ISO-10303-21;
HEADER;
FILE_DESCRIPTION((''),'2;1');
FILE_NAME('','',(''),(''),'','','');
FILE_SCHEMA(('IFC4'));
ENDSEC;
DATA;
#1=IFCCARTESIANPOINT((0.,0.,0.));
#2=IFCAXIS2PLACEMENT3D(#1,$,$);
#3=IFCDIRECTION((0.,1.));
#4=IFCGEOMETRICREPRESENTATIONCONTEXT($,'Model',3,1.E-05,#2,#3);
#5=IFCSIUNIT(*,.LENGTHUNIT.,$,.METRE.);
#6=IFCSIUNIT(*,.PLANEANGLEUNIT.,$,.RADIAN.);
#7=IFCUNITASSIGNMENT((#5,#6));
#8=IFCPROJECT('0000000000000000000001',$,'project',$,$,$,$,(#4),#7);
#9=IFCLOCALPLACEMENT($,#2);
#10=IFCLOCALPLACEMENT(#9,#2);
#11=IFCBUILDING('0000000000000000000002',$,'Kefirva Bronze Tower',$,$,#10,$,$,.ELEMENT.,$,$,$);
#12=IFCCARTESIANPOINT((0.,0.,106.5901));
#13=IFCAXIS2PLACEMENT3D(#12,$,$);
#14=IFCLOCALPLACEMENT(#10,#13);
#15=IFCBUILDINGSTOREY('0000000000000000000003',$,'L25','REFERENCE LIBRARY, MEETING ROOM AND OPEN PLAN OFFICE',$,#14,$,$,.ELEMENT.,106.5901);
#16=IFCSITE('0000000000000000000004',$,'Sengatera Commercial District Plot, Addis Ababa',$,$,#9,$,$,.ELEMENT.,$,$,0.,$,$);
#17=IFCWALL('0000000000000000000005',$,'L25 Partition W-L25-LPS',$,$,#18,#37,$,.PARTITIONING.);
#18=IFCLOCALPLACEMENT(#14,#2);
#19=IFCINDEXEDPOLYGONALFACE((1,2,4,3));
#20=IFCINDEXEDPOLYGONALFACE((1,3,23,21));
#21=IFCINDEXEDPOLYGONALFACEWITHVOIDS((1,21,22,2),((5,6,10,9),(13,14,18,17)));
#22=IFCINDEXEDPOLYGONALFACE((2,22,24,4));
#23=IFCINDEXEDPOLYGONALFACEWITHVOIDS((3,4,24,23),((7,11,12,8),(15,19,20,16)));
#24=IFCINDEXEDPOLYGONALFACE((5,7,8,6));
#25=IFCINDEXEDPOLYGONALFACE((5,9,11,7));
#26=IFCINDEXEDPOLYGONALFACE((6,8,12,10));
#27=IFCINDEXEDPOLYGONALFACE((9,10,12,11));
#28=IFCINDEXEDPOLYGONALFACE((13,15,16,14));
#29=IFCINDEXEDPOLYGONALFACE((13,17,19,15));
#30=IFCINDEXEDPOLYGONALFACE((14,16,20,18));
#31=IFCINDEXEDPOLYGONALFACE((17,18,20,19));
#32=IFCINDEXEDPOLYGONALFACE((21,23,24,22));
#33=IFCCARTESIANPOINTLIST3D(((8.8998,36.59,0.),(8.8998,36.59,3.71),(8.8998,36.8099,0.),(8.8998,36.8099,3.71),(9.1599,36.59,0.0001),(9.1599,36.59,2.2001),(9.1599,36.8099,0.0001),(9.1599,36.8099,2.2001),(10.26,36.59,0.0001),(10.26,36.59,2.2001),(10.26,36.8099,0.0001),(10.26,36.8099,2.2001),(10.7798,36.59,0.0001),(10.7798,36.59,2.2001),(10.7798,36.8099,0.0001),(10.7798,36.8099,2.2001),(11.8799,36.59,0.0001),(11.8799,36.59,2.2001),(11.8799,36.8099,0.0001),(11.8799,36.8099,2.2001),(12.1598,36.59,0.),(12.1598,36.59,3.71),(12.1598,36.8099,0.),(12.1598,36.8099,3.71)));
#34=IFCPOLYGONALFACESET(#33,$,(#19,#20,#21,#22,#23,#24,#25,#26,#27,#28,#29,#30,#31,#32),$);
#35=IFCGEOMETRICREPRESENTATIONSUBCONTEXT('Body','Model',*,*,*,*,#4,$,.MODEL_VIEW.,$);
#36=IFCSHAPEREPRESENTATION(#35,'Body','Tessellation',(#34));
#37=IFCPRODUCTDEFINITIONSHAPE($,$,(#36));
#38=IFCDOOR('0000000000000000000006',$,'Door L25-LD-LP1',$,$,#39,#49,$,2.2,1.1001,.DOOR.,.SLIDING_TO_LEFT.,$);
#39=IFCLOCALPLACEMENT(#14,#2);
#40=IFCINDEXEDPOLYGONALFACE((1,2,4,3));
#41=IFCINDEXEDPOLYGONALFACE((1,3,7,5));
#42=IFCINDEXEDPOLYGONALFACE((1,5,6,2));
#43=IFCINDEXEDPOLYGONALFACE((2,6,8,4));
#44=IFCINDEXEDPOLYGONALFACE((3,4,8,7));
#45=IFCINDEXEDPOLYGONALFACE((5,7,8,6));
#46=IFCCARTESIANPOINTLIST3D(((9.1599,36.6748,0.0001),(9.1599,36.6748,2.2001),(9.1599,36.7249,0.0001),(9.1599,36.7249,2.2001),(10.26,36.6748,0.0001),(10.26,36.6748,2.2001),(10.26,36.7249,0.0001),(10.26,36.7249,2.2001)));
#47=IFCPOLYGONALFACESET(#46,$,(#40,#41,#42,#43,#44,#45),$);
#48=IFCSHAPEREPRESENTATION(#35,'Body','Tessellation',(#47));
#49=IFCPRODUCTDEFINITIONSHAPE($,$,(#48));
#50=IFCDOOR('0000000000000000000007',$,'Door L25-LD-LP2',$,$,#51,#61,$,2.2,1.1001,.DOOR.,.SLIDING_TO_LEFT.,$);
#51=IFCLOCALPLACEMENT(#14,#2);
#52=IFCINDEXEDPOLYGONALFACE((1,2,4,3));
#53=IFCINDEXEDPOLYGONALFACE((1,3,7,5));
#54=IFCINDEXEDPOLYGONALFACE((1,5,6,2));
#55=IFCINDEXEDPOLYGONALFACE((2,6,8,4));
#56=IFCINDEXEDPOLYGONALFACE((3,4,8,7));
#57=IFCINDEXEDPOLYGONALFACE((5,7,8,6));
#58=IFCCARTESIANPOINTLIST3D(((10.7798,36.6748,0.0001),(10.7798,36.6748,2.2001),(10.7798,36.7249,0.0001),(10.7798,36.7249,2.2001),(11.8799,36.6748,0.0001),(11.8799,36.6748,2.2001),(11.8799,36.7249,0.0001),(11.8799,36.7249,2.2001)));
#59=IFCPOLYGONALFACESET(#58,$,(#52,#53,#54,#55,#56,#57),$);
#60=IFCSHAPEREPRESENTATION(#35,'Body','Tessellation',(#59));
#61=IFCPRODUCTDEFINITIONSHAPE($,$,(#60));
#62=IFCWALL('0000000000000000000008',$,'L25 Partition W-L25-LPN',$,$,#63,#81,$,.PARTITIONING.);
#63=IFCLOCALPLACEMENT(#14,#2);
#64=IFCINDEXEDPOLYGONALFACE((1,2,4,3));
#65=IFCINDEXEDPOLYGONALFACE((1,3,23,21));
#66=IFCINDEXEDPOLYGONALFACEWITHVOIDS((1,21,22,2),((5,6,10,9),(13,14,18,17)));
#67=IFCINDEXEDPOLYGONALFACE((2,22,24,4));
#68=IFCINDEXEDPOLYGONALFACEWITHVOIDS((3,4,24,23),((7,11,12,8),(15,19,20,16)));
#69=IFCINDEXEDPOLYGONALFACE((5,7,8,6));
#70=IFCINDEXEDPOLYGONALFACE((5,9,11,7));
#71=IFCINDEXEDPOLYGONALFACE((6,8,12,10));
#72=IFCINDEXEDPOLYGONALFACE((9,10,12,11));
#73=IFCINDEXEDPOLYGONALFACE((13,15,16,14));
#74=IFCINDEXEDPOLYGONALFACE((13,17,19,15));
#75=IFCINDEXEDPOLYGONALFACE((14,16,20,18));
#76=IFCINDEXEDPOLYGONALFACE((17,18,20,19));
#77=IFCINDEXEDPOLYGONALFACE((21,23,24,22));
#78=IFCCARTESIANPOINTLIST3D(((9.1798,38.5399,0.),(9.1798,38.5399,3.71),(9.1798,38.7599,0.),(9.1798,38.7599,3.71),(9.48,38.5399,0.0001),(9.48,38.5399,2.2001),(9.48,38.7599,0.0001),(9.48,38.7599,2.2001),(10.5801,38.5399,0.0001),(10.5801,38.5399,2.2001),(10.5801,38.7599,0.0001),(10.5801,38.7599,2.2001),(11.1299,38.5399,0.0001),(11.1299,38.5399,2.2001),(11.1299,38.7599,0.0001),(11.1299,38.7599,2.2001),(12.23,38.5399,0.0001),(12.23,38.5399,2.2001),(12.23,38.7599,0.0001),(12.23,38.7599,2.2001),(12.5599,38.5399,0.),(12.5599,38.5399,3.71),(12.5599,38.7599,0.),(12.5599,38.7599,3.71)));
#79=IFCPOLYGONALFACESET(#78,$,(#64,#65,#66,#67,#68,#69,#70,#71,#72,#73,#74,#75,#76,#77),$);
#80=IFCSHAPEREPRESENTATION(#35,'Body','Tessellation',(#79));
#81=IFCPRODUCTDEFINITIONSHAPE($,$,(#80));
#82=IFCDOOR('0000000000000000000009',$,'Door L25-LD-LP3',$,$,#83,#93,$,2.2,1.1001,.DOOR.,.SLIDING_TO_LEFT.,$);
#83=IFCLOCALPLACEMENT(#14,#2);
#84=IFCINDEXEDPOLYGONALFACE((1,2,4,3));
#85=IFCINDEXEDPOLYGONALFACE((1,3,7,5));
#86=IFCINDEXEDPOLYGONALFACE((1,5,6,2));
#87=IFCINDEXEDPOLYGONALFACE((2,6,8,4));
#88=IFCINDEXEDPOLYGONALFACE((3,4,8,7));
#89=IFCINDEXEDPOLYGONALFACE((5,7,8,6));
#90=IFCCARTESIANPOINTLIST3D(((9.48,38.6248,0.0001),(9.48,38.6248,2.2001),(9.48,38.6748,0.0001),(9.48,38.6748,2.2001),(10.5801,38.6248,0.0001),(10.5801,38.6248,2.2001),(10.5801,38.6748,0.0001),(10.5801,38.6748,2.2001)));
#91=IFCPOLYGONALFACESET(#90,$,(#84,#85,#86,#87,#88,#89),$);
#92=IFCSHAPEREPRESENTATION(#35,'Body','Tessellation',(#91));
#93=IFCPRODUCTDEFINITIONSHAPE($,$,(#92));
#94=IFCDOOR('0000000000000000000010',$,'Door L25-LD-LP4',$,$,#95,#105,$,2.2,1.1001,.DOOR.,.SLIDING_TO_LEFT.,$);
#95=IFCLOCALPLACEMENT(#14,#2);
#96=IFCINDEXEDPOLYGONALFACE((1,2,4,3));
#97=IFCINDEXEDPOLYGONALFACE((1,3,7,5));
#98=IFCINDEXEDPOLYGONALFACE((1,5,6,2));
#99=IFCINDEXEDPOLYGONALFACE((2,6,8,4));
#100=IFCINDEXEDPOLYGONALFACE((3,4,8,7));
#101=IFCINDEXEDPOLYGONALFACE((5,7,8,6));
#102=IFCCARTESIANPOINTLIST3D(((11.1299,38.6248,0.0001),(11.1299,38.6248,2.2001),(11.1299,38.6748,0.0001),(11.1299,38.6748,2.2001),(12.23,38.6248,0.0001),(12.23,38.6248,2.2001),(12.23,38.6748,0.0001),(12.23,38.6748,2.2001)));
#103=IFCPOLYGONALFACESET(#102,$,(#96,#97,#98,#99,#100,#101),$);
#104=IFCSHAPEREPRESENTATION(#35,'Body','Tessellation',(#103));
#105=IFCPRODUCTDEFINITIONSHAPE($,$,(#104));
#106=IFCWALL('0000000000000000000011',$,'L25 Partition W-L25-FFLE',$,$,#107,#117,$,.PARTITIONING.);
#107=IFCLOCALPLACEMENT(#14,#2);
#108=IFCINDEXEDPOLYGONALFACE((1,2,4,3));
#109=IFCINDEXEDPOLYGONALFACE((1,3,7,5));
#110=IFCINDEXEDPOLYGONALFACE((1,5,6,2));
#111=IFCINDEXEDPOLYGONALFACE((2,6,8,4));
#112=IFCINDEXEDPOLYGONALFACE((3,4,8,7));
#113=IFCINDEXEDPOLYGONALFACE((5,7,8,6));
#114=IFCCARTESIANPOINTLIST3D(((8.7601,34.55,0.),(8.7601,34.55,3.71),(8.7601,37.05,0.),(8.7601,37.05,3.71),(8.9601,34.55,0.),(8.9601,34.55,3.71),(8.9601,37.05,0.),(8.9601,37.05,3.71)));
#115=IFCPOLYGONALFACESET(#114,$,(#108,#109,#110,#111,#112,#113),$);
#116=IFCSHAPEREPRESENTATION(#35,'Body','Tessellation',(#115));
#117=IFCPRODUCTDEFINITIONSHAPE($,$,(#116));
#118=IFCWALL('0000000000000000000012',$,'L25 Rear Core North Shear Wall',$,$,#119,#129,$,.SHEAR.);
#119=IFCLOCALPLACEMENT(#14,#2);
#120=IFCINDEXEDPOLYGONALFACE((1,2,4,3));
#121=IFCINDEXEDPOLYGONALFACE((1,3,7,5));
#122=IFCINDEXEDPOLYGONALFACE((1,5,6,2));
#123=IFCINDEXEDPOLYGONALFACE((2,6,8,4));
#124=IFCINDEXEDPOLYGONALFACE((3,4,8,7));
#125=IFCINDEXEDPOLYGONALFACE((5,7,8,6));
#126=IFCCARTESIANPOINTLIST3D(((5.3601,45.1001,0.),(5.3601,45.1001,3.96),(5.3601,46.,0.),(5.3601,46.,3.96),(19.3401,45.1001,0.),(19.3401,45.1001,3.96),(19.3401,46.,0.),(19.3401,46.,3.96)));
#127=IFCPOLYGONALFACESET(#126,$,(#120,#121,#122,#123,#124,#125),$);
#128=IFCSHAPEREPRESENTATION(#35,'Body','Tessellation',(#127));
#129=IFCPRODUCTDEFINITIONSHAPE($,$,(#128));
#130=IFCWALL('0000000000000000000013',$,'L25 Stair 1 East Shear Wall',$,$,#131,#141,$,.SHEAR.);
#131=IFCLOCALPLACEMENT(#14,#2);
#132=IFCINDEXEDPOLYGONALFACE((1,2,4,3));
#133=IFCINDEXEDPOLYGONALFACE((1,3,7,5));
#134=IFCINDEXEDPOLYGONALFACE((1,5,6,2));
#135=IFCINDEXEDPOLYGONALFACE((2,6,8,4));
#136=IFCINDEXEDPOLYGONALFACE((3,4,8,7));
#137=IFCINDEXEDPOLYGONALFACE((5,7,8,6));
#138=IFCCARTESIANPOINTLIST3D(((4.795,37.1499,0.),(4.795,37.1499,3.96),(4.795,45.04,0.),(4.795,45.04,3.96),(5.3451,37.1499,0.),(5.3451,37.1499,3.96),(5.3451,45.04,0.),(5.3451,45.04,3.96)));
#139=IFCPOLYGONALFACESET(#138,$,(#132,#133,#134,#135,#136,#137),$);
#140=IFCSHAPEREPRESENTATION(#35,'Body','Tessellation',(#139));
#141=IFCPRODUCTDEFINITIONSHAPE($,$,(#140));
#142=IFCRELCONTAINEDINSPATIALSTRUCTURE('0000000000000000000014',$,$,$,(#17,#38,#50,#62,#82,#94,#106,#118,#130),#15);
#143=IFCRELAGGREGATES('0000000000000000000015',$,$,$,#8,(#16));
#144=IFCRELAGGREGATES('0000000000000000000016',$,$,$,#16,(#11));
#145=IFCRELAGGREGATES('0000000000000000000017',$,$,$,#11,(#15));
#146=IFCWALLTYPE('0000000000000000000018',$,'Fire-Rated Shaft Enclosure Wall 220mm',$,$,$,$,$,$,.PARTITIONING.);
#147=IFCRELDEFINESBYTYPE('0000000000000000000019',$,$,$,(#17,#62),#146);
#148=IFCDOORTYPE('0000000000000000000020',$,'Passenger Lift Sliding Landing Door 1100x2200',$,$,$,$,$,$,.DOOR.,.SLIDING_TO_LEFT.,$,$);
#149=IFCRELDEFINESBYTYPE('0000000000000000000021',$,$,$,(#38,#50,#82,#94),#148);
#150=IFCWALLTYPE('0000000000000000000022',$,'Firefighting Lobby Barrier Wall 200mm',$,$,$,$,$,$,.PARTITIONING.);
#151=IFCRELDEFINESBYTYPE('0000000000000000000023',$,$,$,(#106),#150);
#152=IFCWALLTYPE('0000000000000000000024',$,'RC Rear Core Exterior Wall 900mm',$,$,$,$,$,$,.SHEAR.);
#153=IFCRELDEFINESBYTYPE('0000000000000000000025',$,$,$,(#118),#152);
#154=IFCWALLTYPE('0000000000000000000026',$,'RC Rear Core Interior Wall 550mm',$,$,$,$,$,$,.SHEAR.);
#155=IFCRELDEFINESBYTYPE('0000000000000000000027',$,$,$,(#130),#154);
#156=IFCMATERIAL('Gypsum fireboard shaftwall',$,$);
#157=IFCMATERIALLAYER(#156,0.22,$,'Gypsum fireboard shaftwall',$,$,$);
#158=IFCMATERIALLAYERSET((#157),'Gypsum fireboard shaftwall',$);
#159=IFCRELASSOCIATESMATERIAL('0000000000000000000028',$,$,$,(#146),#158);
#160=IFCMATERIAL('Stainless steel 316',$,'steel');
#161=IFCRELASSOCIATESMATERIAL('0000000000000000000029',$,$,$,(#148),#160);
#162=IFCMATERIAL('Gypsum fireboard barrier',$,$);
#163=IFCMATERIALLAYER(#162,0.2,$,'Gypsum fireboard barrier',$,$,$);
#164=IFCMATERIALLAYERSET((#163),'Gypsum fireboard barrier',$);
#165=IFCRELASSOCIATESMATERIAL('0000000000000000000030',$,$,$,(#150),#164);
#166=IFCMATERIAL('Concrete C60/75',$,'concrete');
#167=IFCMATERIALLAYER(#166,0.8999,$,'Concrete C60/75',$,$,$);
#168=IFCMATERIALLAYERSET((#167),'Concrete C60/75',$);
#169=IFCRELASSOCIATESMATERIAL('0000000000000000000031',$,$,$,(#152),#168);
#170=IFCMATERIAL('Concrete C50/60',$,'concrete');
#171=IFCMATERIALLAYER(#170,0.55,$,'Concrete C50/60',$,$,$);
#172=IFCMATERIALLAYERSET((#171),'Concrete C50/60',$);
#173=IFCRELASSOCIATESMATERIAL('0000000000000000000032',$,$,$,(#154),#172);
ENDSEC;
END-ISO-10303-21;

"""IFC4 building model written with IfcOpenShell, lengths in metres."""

from ifc_helpers import new_model, si_unit, direction, frame, frame_2d, origin, place, context, subcontext, project, spatial, rectangle, extrude, material, layer, layer_set, type_object, element, fill, save


model = new_model("IFC4")

# Units and contexts
model_context = context("Model", 3, precision=1e-05, world=origin(), true_north=direction((0.0, 1.0)))
body_context = subcontext(model_context, "Body", "Model", "MODEL_VIEW")
ifc_project = project(units=[si_unit("LENGTHUNIT", "METRE"), si_unit("PLANEANGLEUNIT", "RADIAN")], contexts=[model_context])

# Site, building, storey
site_placement = place(None, origin())
site = spatial("IfcSite", under=ifc_project, at=site_placement, Name="Sengatera Commercial District Plot, Addis Ababa", CompositionType="ELEMENT", RefElevation=0.0)
building_placement = place(site_placement, origin())
building = spatial("IfcBuilding", under=site, at=building_placement, Name="Kefirva Bronze Tower", CompositionType="ELEMENT")
storey_placement = place(building_placement, frame((0.0, 0.0, 106.5901)))
storey = spatial("IfcBuildingStorey", under=building, at=storey_placement, Name="L25", Description="REFERENCE LIBRARY, MEETING ROOM AND OPEN PLAN OFFICE", CompositionType="ELEMENT", Elevation=106.5901)

# Shared definitions
ifc_material_1 = material(Name="Concrete C60/75", Category="concrete")

# Shared definitions
ifc_material_2 = material(Name="Gypsum fireboard shaftwall")
ifc_layer_1 = layer(ifc_material_2, 0.22, Name="Gypsum fireboard shaftwall")
ifc_layer_set_1 = layer_set([ifc_layer_1], Name="Gypsum fireboard shaftwall")
wall_type_1 = type_object("IfcWallType", Name="Fire-Rated Shaft Enclosure Wall 220mm", PredefinedType="PARTITIONING", material=ifc_layer_set_1)
ifc_material_3 = material(Name="Stainless steel 316", Category="steel")

# Walls, openings, doors
wall_1_placement = place(storey_placement, frame((8.8999, 36.7, 0.0), z_axis=(0.0, 0.0, 1.0), x_axis=(1.0, 0.0, 0.0)))
wall_1 = element("IfcWall", 1, at=wall_1_placement, inside=storey, type_object=wall_type_1, Name="L25 Partition W-L25-LPS", PredefinedType="PARTITIONING", context=body_context, shape_type="SweptSolid", body=[
    extrude(rectangle(XDim=3.26, YDim=0.22, at=frame_2d((1.6299, 0.0))), origin(), (0.0, 0.0, 1.0), 3.71),
])
opening_1_placement = place(wall_1_placement, frame((0.26, 0.0, 0.0)))
opening_1 = element("IfcOpeningElement", 2, at=opening_1_placement, cuts=wall_1, PredefinedType="OPENING", context=body_context, shape_type="SweptSolid", body=[
    extrude(rectangle(XDim=1.1001, YDim=2.2, at=frame_2d((0.55, 1.1001))), frame((0.0, 0.1201, 0.0), z_axis=(0.0, -1.0, 0.0), x_axis=(1.0, 0.0, 0.0)), (0.0, 0.0, 1.0), 0.24),
])
opening_2_placement = place(wall_1_placement, frame((1.8799, 0.0, 0.0)))
opening_2 = element("IfcOpeningElement", 3, at=opening_2_placement, cuts=wall_1, PredefinedType="OPENING", context=body_context, shape_type="SweptSolid", body=[
    extrude(rectangle(XDim=1.1001, YDim=2.2, at=frame_2d((0.55, 1.1001))), frame((0.0, 0.1201, 0.0), z_axis=(0.0, -1.0, 0.0), x_axis=(1.0, 0.0, 0.0)), (0.0, 0.0, 1.0), 0.24),
])
door_type_1 = type_object("IfcDoorType", Name="Passenger Lift Sliding Landing Door 1100x2200", OperationType="SLIDING_TO_LEFT", PredefinedType="DOOR", material=ifc_material_3)
door_1_placement = place(opening_1_placement, origin())
door_1 = element("IfcDoor", 4, at=door_1_placement, inside=storey, type_object=door_type_1, Name="Door L25-LD-LP1", OperationType="SLIDING_TO_LEFT", OverallHeight=2.2, OverallWidth=1.1001, PredefinedType="DOOR", context=body_context, shape_type="SweptSolid", body=[
    extrude(rectangle(XDim=1.1001, YDim=2.2, at=frame_2d((0.55, 1.1001))), frame((0.0, 0.0249, 0.0), z_axis=(0.0, -1.0, 0.0), x_axis=(1.0, 0.0, 0.0)), (0.0, 0.0, 1.0), 0.05),
])
fill(opening_1, door_1)
door_2_placement = place(opening_2_placement, origin())
door_2 = element("IfcDoor", 5, at=door_2_placement, inside=storey, type_object=door_type_1, Name="Door L25-LD-LP2", OperationType="SLIDING_TO_LEFT", OverallHeight=2.2, OverallWidth=1.1001, PredefinedType="DOOR", context=body_context, shape_type="SweptSolid", body=[
    extrude(rectangle(XDim=1.1001, YDim=2.2, at=frame_2d((0.55, 1.1001))), frame((0.0, 0.0249, 0.0), z_axis=(0.0, -1.0, 0.0), x_axis=(1.0, 0.0, 0.0)), (0.0, 0.0, 1.0), 0.05),
])
fill(opening_2, door_2)
wall_2_placement = place(storey_placement, frame((9.1799, 38.6499, 0.0), z_axis=(0.0, 0.0, 1.0), x_axis=(1.0, 0.0, 0.0)))
wall_2 = element("IfcWall", 6, at=wall_2_placement, inside=storey, type_object=wall_type_1, Name="L25 Partition W-L25-LPN", PredefinedType="PARTITIONING", context=body_context, shape_type="SweptSolid", body=[
    extrude(rectangle(XDim=3.3801, YDim=0.22, at=frame_2d((1.6899, 0.0))), origin(), (0.0, 0.0, 1.0), 3.71),
])
opening_3_placement = place(wall_2_placement, frame((0.3, 0.0, 0.0)))
opening_3 = element("IfcOpeningElement", 7, at=opening_3_placement, cuts=wall_2, PredefinedType="OPENING", context=body_context, shape_type="SweptSolid", body=[
    extrude(rectangle(XDim=1.1001, YDim=2.2, at=frame_2d((0.55, 1.1001))), frame((0.0, 0.1201, 0.0), z_axis=(0.0, -1.0, 0.0), x_axis=(1.0, 0.0, 0.0)), (0.0, 0.0, 1.0), 0.24),
])
opening_4_placement = place(wall_2_placement, frame((1.95, 0.0, 0.0)))
opening_4 = element("IfcOpeningElement", 8, at=opening_4_placement, cuts=wall_2, PredefinedType="OPENING", context=body_context, shape_type="SweptSolid", body=[
    extrude(rectangle(XDim=1.1001, YDim=2.2, at=frame_2d((0.55, 1.1001))), frame((0.0, 0.1201, 0.0), z_axis=(0.0, -1.0, 0.0), x_axis=(1.0, 0.0, 0.0)), (0.0, 0.0, 1.0), 0.24),
])
door_3_placement = place(opening_3_placement, origin())
door_3 = element("IfcDoor", 9, at=door_3_placement, inside=storey, type_object=door_type_1, Name="Door L25-LD-LP3", OperationType="SLIDING_TO_LEFT", OverallHeight=2.2, OverallWidth=1.1001, PredefinedType="DOOR", context=body_context, shape_type="SweptSolid", body=[
    extrude(rectangle(XDim=1.1001, YDim=2.2, at=frame_2d((0.55, 1.1001))), frame((0.0, 0.0249, 0.0), z_axis=(0.0, -1.0, 0.0), x_axis=(1.0, 0.0, 0.0)), (0.0, 0.0, 1.0), 0.05),
])
fill(opening_3, door_3)
door_4_placement = place(opening_4_placement, origin())
door_4 = element("IfcDoor", 10, at=door_4_placement, inside=storey, type_object=door_type_1, Name="Door L25-LD-LP4", OperationType="SLIDING_TO_LEFT", OverallHeight=2.2, OverallWidth=1.1001, PredefinedType="DOOR", context=body_context, shape_type="SweptSolid", body=[
    extrude(rectangle(XDim=1.1001, YDim=2.2, at=frame_2d((0.55, 1.1001))), frame((0.0, 0.0249, 0.0), z_axis=(0.0, -1.0, 0.0), x_axis=(1.0, 0.0, 0.0)), (0.0, 0.0, 1.0), 0.05),
])
fill(opening_4, door_4)

# Walls
ifc_material_4 = material(Name="Gypsum fireboard barrier")
ifc_layer_2 = layer(ifc_material_4, 0.2, Name="Gypsum fireboard barrier")
ifc_layer_set_2 = layer_set([ifc_layer_2], Name="Gypsum fireboard barrier")
wall_type_2 = type_object("IfcWallType", Name="Firefighting Lobby Barrier Wall 200mm", PredefinedType="PARTITIONING", material=ifc_layer_set_2)
wall_3_placement = place(storey_placement, frame((8.8601, 34.55, 0.0), z_axis=(0.0, 0.0, 1.0), x_axis=(0.0, 1.0, 0.0)))
element("IfcWall", 11, at=wall_3_placement, inside=storey, type_object=wall_type_2, Name="L25 Partition W-L25-FFLE", PredefinedType="PARTITIONING", context=body_context, shape_type="SweptSolid", body=[
    extrude(rectangle(XDim=2.5, YDim=0.2, at=frame_2d((1.25, 0.0))), origin(), (0.0, 0.0, 1.0), 3.71),
])
ifc_layer_3 = layer(ifc_material_1, 0.8999, Name="Concrete C60/75")
ifc_layer_set_3 = layer_set([ifc_layer_3], Name="Concrete C60/75")
wall_type_3 = type_object("IfcWallType", Name="RC Rear Core Exterior Wall 900mm", PredefinedType="SHEAR", material=ifc_layer_set_3)
wall_4_placement = place(storey_placement, frame((5.3601, 45.55, 0.0), z_axis=(0.0, 0.0, 1.0), x_axis=(1.0, 0.0, 0.0)))
element("IfcWall", 12, at=wall_4_placement, inside=storey, type_object=wall_type_3, Name="L25 Rear Core North Shear Wall", PredefinedType="SHEAR", context=body_context, shape_type="SweptSolid", body=[
    extrude(rectangle(XDim=13.98, YDim=0.8999, at=frame_2d((6.99, 0.0))), origin(), (0.0, 0.0, 1.0), 3.96),
])
ifc_material_5 = material(Name="Concrete C50/60", Category="concrete")
ifc_layer_4 = layer(ifc_material_5, 0.55, Name="Concrete C50/60")
ifc_layer_set_4 = layer_set([ifc_layer_4], Name="Concrete C50/60")
wall_type_4 = type_object("IfcWallType", Name="RC Rear Core Interior Wall 550mm", PredefinedType="SHEAR", material=ifc_layer_set_4)
wall_5_placement = place(storey_placement, frame((5.0701, 37.1499, 0.0), z_axis=(0.0, 0.0, 1.0), x_axis=(0.0, 1.0, 0.0)))
element("IfcWall", 13, at=wall_5_placement, inside=storey, type_object=wall_type_4, Name="L25 Stair 1 East Shear Wall", PredefinedType="SHEAR", context=body_context, shape_type="SweptSolid", body=[
    extrude(rectangle(XDim=7.8901, YDim=0.55, at=frame_2d((3.9451, 0.0))), origin(), (0.0, 0.0, 1.0), 3.96),
])

save(model, "model.ifc")
